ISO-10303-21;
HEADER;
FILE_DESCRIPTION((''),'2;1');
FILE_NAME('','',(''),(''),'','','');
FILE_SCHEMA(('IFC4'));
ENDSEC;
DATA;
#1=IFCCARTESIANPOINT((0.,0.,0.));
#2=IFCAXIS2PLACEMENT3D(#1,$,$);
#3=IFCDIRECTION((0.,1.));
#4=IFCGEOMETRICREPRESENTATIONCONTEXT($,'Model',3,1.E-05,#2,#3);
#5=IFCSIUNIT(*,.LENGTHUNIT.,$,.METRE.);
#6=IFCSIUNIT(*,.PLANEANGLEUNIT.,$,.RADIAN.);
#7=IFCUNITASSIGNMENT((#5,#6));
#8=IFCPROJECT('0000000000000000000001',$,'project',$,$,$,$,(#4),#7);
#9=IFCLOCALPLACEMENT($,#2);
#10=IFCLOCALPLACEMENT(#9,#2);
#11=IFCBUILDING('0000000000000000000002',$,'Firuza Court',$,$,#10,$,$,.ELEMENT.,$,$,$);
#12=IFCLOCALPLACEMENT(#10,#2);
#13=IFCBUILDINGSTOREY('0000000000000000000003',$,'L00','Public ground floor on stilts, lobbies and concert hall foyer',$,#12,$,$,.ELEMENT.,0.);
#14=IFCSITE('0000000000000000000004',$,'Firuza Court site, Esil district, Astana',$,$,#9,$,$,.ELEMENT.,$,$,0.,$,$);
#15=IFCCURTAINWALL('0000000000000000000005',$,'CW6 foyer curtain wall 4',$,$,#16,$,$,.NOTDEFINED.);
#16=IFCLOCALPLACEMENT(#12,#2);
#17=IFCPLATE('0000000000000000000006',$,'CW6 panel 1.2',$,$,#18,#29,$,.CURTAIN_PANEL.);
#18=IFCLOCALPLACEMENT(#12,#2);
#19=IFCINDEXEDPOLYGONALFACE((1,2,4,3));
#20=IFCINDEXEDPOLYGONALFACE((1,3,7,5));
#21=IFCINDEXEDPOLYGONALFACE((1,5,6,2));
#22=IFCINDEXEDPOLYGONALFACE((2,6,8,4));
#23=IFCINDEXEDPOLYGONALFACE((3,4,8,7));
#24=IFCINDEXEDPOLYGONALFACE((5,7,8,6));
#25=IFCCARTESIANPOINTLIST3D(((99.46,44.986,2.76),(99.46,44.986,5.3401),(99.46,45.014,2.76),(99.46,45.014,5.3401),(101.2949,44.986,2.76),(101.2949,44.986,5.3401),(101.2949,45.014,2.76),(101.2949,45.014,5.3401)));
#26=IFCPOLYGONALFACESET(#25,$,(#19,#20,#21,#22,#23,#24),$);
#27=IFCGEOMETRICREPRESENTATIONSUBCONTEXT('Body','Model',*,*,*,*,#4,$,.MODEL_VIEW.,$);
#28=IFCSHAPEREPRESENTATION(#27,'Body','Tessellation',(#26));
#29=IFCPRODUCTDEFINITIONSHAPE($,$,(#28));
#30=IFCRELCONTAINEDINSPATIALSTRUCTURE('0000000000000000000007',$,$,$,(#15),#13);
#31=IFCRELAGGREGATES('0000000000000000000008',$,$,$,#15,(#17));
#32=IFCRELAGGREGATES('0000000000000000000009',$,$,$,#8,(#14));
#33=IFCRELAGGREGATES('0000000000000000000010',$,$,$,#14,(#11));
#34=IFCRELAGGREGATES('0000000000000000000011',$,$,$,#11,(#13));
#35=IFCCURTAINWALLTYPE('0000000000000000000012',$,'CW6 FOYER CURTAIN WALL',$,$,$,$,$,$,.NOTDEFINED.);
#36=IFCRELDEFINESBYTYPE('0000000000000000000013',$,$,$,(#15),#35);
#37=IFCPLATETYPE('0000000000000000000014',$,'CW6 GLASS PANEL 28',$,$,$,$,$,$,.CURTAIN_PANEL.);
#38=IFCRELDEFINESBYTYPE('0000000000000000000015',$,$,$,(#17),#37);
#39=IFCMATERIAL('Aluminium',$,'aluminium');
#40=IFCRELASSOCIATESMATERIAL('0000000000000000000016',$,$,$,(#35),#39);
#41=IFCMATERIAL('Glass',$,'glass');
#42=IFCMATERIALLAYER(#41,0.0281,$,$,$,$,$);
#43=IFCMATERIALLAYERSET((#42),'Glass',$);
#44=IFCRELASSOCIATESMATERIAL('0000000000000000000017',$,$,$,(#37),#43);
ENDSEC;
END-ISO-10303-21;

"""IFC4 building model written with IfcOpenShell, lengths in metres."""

from ifc_helpers import new_model, si_unit, direction, frame, origin, origin_2d, place, context, subcontext, project, spatial, rectangle, extrude, material, layer, layer_set, type_object, element, aggregate, save


model = new_model("IFC4")

# Units and contexts
model_context = context("Model", 3, precision=1e-05, world=origin(), true_north=direction((0.0, 1.0)))
body_context = subcontext(model_context, "Body", "Model", "MODEL_VIEW")
ifc_project = project(units=[si_unit("LENGTHUNIT", "METRE"), si_unit("PLANEANGLEUNIT", "RADIAN")], contexts=[model_context])

# Site, building, storey
site_placement = place(None, origin())
site = spatial("IfcSite", under=ifc_project, at=site_placement, Name="Firuza Court site, Esil district, Astana", CompositionType="ELEMENT", RefElevation=0.0)
building_placement = place(site_placement, origin())
building = spatial("IfcBuilding", under=site, at=building_placement, Name="Firuza Court", CompositionType="ELEMENT")
storey_placement = place(building_placement, origin())
storey = spatial("IfcBuildingStorey", under=building, at=storey_placement, Name="L00", Description="Public ground floor on stilts, lobbies and concert hall foyer", CompositionType="ELEMENT", Elevation=0.0)

# Shared definitions
ifc_material_1 = material(Name="Aluminium", Category="aluminium")
curtain_wall_type = type_object("IfcCurtainWallType", Name="CW6 FOYER CURTAIN WALL", PredefinedType="NOTDEFINED", material=ifc_material_1)

# Curtain wall
curtain_wall_1_placement = place(storey_placement, origin())
curtain_wall_1 = element("IfcCurtainWall", 1, at=curtain_wall_1_placement, inside=storey, type_object=curtain_wall_type, Name="CW6 foyer curtain wall 4", PredefinedType="NOTDEFINED")

# Plate
ifc_material_2 = material(Name="Glass", Category="glass")
ifc_layer = layer(ifc_material_2, 0.0281)
ifc_layer_set = layer_set([ifc_layer], Name="Glass")
plate_type = type_object("IfcPlateType", Name="CW6 GLASS PANEL 28", PredefinedType="CURTAIN_PANEL", material=ifc_layer_set)
plate_1_placement = place(storey_placement, frame((100.3774, 45.0, 2.76), z_axis=(0.0, 0.0, 1.0), x_axis=(1.0, 0.0, 0.0)))
plate_1 = element("IfcPlate", 2, at=plate_1_placement, type_object=plate_type, Name="CW6 panel 1.2", PredefinedType="CURTAIN_PANEL", context=body_context, shape_type="SweptSolid", body=[
    extrude(rectangle(XDim=1.835, YDim=0.0281, at=origin_2d()), origin(), (0.0, 0.0, 1.0), 2.5801),
])
aggregate(curtain_wall_1, [plate_1])

save(model, "model.ifc")
